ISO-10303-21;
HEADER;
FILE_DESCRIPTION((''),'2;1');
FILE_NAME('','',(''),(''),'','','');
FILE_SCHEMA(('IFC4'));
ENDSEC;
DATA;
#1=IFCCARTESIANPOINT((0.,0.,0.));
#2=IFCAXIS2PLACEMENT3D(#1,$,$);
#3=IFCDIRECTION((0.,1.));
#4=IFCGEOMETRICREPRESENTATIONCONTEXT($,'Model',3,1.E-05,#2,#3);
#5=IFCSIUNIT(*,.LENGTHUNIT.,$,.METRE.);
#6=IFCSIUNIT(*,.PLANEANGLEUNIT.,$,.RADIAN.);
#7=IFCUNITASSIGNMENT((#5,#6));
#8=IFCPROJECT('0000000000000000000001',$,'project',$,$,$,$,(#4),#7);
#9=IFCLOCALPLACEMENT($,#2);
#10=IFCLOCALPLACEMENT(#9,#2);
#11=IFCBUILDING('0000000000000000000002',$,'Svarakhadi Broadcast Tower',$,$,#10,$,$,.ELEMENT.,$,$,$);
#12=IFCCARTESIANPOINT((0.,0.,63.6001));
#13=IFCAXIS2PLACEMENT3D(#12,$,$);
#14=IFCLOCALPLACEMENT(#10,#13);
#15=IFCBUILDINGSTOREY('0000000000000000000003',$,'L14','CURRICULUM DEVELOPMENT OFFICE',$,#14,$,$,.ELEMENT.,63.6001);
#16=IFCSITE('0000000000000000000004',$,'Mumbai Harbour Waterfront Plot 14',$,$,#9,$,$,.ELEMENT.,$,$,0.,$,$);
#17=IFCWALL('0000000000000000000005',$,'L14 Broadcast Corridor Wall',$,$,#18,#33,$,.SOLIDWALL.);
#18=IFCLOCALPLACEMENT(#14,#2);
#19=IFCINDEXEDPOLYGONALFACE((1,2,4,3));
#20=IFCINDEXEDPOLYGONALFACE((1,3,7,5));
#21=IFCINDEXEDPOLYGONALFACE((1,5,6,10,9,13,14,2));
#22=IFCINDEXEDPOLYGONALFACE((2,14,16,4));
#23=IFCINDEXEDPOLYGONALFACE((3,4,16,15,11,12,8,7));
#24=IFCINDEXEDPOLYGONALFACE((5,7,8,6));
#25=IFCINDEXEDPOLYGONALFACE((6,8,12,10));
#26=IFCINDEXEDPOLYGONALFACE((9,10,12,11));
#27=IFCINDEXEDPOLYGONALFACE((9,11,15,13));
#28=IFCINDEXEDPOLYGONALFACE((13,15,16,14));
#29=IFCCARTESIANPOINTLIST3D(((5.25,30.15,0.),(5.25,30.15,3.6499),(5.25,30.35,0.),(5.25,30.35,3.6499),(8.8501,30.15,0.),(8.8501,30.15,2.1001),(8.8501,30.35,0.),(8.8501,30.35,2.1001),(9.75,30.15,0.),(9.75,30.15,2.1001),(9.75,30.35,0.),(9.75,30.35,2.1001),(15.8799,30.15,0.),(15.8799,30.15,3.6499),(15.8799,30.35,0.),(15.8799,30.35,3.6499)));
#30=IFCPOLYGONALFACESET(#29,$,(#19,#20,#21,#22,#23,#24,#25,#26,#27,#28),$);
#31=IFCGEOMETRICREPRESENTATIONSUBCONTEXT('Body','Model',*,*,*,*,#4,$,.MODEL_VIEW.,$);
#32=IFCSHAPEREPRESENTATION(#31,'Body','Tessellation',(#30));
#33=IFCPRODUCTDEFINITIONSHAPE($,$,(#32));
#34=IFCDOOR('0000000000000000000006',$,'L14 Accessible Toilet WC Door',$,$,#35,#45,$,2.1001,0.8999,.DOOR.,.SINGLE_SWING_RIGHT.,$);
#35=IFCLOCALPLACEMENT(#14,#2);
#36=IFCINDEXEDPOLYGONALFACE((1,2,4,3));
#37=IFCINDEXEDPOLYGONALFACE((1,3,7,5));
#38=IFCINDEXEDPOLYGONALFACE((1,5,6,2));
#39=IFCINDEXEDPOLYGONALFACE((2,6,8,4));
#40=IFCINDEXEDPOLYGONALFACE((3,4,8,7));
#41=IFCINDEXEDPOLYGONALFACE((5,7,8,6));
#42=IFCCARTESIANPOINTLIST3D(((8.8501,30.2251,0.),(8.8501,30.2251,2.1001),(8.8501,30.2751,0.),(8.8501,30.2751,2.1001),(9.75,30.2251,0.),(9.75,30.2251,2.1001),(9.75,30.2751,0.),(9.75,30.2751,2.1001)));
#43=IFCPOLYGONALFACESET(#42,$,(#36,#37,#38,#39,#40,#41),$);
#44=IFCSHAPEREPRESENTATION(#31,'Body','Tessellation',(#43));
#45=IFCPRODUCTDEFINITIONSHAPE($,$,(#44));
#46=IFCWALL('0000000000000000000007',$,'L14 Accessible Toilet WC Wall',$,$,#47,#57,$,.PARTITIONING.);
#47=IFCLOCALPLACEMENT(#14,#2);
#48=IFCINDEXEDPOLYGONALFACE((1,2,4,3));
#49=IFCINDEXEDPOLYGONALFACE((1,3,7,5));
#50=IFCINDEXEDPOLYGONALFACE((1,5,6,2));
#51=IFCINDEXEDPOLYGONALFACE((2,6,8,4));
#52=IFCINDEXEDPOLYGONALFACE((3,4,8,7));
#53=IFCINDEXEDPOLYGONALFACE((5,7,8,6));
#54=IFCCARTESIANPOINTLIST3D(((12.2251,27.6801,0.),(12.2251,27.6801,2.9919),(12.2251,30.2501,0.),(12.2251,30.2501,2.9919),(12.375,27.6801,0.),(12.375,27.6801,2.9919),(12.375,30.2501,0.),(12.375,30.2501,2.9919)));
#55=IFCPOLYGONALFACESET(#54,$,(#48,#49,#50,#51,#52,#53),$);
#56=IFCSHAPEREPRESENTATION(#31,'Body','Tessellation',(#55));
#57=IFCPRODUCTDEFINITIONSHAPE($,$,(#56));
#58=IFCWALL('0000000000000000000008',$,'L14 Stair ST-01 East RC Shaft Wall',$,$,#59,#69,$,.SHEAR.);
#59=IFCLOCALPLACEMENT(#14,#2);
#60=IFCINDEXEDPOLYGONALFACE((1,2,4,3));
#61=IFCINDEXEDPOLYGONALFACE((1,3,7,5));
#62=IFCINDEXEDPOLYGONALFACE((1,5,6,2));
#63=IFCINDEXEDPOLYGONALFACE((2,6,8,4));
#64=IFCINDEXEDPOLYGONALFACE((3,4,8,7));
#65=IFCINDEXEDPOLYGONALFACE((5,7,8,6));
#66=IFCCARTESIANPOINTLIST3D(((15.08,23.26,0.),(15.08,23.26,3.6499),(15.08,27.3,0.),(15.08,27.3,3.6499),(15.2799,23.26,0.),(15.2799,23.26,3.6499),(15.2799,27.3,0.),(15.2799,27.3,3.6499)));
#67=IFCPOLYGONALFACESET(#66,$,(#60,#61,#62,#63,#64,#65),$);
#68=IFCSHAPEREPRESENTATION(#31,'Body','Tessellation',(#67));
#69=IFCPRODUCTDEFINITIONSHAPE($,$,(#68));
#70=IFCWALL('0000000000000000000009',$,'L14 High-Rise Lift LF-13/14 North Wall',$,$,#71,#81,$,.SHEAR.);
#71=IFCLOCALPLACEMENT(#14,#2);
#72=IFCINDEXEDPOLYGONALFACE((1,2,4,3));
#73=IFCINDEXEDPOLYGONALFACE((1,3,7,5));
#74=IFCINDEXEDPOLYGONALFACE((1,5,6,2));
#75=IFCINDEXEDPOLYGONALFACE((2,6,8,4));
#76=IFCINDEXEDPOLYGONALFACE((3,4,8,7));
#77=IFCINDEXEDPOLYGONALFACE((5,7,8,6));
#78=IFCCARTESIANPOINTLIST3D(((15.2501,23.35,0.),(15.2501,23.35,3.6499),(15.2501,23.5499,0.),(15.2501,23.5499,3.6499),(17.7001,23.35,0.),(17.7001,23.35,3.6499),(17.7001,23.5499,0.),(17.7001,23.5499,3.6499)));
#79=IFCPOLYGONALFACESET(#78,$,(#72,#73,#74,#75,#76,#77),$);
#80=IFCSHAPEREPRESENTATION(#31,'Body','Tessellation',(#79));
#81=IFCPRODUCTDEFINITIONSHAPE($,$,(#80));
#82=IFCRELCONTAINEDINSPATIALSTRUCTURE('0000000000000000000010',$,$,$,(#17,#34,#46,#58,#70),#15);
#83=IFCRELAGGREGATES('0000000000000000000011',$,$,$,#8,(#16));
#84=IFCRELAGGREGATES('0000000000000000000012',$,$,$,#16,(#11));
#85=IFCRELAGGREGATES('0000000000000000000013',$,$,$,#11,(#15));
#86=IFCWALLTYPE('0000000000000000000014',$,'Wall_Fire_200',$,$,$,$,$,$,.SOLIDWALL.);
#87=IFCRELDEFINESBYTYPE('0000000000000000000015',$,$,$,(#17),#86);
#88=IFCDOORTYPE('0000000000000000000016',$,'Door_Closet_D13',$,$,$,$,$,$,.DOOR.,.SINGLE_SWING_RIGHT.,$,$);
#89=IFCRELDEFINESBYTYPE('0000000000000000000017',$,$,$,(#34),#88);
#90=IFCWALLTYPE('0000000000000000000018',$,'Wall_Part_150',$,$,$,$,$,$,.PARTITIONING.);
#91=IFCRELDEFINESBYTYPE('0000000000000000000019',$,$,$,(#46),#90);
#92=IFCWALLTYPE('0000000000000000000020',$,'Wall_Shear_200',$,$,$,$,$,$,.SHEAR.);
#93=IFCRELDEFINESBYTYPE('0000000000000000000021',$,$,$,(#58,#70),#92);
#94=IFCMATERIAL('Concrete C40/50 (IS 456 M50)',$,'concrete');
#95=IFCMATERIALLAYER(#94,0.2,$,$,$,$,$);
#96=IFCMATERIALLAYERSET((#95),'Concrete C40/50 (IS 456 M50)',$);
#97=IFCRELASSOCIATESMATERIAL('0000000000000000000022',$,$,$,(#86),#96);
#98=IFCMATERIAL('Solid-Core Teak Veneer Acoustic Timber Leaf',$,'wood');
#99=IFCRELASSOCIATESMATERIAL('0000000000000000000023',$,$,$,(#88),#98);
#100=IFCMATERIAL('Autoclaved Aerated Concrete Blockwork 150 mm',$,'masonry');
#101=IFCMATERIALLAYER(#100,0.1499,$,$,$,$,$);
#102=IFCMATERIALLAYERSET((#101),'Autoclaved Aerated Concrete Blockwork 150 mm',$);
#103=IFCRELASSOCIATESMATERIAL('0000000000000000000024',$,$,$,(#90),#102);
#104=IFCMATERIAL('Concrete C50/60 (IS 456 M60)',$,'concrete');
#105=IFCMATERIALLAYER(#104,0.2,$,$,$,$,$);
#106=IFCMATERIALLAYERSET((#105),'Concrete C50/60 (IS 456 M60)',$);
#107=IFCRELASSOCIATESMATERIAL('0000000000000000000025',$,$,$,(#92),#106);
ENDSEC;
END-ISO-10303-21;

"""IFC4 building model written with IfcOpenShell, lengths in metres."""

from ifc_helpers import new_model, si_unit, direction, frame, frame_2d, origin, place, context, subcontext, project, spatial, rectangle, extrude, material, layer, layer_set, type_object, element, fill, save


model = new_model("IFC4")

# Units and contexts
model_context = context("Model", 3, precision=1e-05, world=origin(), true_north=direction((0.0, 1.0)))
body_context = subcontext(model_context, "Body", "Model", "MODEL_VIEW")
ifc_project = project(units=[si_unit("LENGTHUNIT", "METRE"), si_unit("PLANEANGLEUNIT", "RADIAN")], contexts=[model_context])

# Site, building, storey
site_placement = place(None, origin())
site = spatial("IfcSite", under=ifc_project, at=site_placement, Name="Mumbai Harbour Waterfront Plot 14", CompositionType="ELEMENT", RefElevation=0.0)
building_placement = place(site_placement, origin())
building = spatial("IfcBuilding", under=site, at=building_placement, Name="Svarakhadi Broadcast Tower", CompositionType="ELEMENT")
storey_placement = place(building_placement, frame((0.0, 0.0, 63.6001)))
storey = spatial("IfcBuildingStorey", under=building, at=storey_placement, Name="L14", Description="CURRICULUM DEVELOPMENT OFFICE", CompositionType="ELEMENT", Elevation=63.6001)

# Shared definitions
ifc_material_1 = material(Name="Concrete C40/50 (IS 456 M50)", Category="concrete")
ifc_layer_1 = layer(ifc_material_1, 0.2)
ifc_layer_set_1 = layer_set([ifc_layer_1], Name="Concrete C40/50 (IS 456 M50)")
wall_type_1 = type_object("IfcWallType", Name="Wall_Fire_200", PredefinedType="SOLIDWALL", material=ifc_layer_set_1)
ifc_material_2 = material(Name="Solid-Core Teak Veneer Acoustic Timber Leaf", Category="wood")

# Wall, opening, door
wall_1_placement = place(storey_placement, frame((15.8799, 30.25, 0.0), z_axis=(0.0, 0.0, 1.0), x_axis=(-1.0, 0.0, 0.0)))
wall_1 = element("IfcWall", 1, at=wall_1_placement, inside=storey, type_object=wall_type_1, Name="L14 Broadcast Corridor Wall", PredefinedType="SOLIDWALL", context=body_context, shape_type="SweptSolid", body=[
    extrude(rectangle(XDim=10.6299, YDim=0.2, at=frame_2d((5.3149, 0.0))), origin(), (0.0, 0.0, 1.0), 3.6499),
])
opening_1_placement = place(wall_1_placement, frame((6.1299, 0.0, 0.0)))
opening_1 = element("IfcOpeningElement", 2, at=opening_1_placement, cuts=wall_1, PredefinedType="OPENING", context=body_context, shape_type="SweptSolid", body=[
    extrude(rectangle(XDim=0.8999, YDim=2.1001, at=frame_2d((0.45, 1.05))), frame((0.0, 0.1099, 0.0), z_axis=(0.0, -1.0, 0.0), x_axis=(1.0, 0.0, 0.0)), (0.0, 0.0, 1.0), 0.22),
])
door_type_1 = type_object("IfcDoorType", Name="Door_Closet_D13", OperationType="SINGLE_SWING_RIGHT", PredefinedType="DOOR", material=ifc_material_2)
door_1_placement = place(opening_1_placement, origin())
door_1 = element("IfcDoor", 3, at=door_1_placement, inside=storey, type_object=door_type_1, Name="L14 Accessible Toilet WC Door", OperationType="SINGLE_SWING_RIGHT", OverallHeight=2.1001, OverallWidth=0.8999, PredefinedType="DOOR", context=body_context, shape_type="SweptSolid", body=[
    extrude(rectangle(XDim=0.8999, YDim=2.1001, at=frame_2d((0.45, 1.05))), frame((0.0, 0.0249, 0.0), z_axis=(0.0, -1.0, 0.0), x_axis=(1.0, 0.0, 0.0)), (0.0, 0.0, 1.0), 0.05),
])
fill(opening_1, door_1)
ifc_material_3 = material(Name="Autoclaved Aerated Concrete Blockwork 150 mm", Category="masonry")
ifc_layer_2 = layer(ifc_material_3, 0.1499)
ifc_layer_set_2 = layer_set([ifc_layer_2], Name="Autoclaved Aerated Concrete Blockwork 150 mm")
wall_type_2 = type_object("IfcWallType", Name="Wall_Part_150", PredefinedType="PARTITIONING", material=ifc_layer_set_2)

# Walls
wall_2_placement = place(storey_placement, frame((12.3, 27.6799, 0.0), z_axis=(0.0, 0.0, 1.0), x_axis=(0.0, 1.0, 0.0)))
element("IfcWall", 4, at=wall_2_placement, inside=storey, type_object=wall_type_2, Name="L14 Accessible Toilet WC Wall", PredefinedType="PARTITIONING", context=body_context, shape_type="SweptSolid", body=[
    extrude(rectangle(XDim=2.5701, YDim=0.1499, at=frame_2d((1.2852, 0.0))), origin(), (0.0, 0.0, 1.0), 2.9919),
])
ifc_material_4 = material(Name="Concrete C50/60 (IS 456 M60)", Category="concrete")
ifc_layer_3 = layer(ifc_material_4, 0.2)
ifc_layer_set_3 = layer_set([ifc_layer_3], Name="Concrete C50/60 (IS 456 M60)")
wall_type_3 = type_object("IfcWallType", Name="Wall_Shear_200", PredefinedType="SHEAR", material=ifc_layer_set_3)
wall_3_placement = place(storey_placement, frame((15.1799, 23.26, 0.0), z_axis=(0.0, 0.0, 1.0), x_axis=(0.0, 1.0, 0.0)))
element("IfcWall", 5, at=wall_3_placement, inside=storey, type_object=wall_type_3, Name="L14 Stair ST-01 East RC Shaft Wall", PredefinedType="SHEAR", context=body_context, shape_type="SweptSolid", body=[
    extrude(rectangle(XDim=4.04, YDim=0.2, at=frame_2d((2.02, 0.0))), origin(), (0.0, 0.0, 1.0), 3.6499),
])
wall_4_placement = place(storey_placement, frame((15.25, 23.45, 0.0), z_axis=(0.0, 0.0, 1.0), x_axis=(1.0, 0.0, 0.0)))
element("IfcWall", 6, at=wall_4_placement, inside=storey, type_object=wall_type_3, Name="L14 High-Rise Lift LF-13/14 North Wall", PredefinedType="SHEAR", context=body_context, shape_type="SweptSolid", body=[
    extrude(rectangle(XDim=2.45, YDim=0.2, at=frame_2d((1.2251, 0.0))), origin(), (0.0, 0.0, 1.0), 3.6499),
])

save(model, "model.ifc")
